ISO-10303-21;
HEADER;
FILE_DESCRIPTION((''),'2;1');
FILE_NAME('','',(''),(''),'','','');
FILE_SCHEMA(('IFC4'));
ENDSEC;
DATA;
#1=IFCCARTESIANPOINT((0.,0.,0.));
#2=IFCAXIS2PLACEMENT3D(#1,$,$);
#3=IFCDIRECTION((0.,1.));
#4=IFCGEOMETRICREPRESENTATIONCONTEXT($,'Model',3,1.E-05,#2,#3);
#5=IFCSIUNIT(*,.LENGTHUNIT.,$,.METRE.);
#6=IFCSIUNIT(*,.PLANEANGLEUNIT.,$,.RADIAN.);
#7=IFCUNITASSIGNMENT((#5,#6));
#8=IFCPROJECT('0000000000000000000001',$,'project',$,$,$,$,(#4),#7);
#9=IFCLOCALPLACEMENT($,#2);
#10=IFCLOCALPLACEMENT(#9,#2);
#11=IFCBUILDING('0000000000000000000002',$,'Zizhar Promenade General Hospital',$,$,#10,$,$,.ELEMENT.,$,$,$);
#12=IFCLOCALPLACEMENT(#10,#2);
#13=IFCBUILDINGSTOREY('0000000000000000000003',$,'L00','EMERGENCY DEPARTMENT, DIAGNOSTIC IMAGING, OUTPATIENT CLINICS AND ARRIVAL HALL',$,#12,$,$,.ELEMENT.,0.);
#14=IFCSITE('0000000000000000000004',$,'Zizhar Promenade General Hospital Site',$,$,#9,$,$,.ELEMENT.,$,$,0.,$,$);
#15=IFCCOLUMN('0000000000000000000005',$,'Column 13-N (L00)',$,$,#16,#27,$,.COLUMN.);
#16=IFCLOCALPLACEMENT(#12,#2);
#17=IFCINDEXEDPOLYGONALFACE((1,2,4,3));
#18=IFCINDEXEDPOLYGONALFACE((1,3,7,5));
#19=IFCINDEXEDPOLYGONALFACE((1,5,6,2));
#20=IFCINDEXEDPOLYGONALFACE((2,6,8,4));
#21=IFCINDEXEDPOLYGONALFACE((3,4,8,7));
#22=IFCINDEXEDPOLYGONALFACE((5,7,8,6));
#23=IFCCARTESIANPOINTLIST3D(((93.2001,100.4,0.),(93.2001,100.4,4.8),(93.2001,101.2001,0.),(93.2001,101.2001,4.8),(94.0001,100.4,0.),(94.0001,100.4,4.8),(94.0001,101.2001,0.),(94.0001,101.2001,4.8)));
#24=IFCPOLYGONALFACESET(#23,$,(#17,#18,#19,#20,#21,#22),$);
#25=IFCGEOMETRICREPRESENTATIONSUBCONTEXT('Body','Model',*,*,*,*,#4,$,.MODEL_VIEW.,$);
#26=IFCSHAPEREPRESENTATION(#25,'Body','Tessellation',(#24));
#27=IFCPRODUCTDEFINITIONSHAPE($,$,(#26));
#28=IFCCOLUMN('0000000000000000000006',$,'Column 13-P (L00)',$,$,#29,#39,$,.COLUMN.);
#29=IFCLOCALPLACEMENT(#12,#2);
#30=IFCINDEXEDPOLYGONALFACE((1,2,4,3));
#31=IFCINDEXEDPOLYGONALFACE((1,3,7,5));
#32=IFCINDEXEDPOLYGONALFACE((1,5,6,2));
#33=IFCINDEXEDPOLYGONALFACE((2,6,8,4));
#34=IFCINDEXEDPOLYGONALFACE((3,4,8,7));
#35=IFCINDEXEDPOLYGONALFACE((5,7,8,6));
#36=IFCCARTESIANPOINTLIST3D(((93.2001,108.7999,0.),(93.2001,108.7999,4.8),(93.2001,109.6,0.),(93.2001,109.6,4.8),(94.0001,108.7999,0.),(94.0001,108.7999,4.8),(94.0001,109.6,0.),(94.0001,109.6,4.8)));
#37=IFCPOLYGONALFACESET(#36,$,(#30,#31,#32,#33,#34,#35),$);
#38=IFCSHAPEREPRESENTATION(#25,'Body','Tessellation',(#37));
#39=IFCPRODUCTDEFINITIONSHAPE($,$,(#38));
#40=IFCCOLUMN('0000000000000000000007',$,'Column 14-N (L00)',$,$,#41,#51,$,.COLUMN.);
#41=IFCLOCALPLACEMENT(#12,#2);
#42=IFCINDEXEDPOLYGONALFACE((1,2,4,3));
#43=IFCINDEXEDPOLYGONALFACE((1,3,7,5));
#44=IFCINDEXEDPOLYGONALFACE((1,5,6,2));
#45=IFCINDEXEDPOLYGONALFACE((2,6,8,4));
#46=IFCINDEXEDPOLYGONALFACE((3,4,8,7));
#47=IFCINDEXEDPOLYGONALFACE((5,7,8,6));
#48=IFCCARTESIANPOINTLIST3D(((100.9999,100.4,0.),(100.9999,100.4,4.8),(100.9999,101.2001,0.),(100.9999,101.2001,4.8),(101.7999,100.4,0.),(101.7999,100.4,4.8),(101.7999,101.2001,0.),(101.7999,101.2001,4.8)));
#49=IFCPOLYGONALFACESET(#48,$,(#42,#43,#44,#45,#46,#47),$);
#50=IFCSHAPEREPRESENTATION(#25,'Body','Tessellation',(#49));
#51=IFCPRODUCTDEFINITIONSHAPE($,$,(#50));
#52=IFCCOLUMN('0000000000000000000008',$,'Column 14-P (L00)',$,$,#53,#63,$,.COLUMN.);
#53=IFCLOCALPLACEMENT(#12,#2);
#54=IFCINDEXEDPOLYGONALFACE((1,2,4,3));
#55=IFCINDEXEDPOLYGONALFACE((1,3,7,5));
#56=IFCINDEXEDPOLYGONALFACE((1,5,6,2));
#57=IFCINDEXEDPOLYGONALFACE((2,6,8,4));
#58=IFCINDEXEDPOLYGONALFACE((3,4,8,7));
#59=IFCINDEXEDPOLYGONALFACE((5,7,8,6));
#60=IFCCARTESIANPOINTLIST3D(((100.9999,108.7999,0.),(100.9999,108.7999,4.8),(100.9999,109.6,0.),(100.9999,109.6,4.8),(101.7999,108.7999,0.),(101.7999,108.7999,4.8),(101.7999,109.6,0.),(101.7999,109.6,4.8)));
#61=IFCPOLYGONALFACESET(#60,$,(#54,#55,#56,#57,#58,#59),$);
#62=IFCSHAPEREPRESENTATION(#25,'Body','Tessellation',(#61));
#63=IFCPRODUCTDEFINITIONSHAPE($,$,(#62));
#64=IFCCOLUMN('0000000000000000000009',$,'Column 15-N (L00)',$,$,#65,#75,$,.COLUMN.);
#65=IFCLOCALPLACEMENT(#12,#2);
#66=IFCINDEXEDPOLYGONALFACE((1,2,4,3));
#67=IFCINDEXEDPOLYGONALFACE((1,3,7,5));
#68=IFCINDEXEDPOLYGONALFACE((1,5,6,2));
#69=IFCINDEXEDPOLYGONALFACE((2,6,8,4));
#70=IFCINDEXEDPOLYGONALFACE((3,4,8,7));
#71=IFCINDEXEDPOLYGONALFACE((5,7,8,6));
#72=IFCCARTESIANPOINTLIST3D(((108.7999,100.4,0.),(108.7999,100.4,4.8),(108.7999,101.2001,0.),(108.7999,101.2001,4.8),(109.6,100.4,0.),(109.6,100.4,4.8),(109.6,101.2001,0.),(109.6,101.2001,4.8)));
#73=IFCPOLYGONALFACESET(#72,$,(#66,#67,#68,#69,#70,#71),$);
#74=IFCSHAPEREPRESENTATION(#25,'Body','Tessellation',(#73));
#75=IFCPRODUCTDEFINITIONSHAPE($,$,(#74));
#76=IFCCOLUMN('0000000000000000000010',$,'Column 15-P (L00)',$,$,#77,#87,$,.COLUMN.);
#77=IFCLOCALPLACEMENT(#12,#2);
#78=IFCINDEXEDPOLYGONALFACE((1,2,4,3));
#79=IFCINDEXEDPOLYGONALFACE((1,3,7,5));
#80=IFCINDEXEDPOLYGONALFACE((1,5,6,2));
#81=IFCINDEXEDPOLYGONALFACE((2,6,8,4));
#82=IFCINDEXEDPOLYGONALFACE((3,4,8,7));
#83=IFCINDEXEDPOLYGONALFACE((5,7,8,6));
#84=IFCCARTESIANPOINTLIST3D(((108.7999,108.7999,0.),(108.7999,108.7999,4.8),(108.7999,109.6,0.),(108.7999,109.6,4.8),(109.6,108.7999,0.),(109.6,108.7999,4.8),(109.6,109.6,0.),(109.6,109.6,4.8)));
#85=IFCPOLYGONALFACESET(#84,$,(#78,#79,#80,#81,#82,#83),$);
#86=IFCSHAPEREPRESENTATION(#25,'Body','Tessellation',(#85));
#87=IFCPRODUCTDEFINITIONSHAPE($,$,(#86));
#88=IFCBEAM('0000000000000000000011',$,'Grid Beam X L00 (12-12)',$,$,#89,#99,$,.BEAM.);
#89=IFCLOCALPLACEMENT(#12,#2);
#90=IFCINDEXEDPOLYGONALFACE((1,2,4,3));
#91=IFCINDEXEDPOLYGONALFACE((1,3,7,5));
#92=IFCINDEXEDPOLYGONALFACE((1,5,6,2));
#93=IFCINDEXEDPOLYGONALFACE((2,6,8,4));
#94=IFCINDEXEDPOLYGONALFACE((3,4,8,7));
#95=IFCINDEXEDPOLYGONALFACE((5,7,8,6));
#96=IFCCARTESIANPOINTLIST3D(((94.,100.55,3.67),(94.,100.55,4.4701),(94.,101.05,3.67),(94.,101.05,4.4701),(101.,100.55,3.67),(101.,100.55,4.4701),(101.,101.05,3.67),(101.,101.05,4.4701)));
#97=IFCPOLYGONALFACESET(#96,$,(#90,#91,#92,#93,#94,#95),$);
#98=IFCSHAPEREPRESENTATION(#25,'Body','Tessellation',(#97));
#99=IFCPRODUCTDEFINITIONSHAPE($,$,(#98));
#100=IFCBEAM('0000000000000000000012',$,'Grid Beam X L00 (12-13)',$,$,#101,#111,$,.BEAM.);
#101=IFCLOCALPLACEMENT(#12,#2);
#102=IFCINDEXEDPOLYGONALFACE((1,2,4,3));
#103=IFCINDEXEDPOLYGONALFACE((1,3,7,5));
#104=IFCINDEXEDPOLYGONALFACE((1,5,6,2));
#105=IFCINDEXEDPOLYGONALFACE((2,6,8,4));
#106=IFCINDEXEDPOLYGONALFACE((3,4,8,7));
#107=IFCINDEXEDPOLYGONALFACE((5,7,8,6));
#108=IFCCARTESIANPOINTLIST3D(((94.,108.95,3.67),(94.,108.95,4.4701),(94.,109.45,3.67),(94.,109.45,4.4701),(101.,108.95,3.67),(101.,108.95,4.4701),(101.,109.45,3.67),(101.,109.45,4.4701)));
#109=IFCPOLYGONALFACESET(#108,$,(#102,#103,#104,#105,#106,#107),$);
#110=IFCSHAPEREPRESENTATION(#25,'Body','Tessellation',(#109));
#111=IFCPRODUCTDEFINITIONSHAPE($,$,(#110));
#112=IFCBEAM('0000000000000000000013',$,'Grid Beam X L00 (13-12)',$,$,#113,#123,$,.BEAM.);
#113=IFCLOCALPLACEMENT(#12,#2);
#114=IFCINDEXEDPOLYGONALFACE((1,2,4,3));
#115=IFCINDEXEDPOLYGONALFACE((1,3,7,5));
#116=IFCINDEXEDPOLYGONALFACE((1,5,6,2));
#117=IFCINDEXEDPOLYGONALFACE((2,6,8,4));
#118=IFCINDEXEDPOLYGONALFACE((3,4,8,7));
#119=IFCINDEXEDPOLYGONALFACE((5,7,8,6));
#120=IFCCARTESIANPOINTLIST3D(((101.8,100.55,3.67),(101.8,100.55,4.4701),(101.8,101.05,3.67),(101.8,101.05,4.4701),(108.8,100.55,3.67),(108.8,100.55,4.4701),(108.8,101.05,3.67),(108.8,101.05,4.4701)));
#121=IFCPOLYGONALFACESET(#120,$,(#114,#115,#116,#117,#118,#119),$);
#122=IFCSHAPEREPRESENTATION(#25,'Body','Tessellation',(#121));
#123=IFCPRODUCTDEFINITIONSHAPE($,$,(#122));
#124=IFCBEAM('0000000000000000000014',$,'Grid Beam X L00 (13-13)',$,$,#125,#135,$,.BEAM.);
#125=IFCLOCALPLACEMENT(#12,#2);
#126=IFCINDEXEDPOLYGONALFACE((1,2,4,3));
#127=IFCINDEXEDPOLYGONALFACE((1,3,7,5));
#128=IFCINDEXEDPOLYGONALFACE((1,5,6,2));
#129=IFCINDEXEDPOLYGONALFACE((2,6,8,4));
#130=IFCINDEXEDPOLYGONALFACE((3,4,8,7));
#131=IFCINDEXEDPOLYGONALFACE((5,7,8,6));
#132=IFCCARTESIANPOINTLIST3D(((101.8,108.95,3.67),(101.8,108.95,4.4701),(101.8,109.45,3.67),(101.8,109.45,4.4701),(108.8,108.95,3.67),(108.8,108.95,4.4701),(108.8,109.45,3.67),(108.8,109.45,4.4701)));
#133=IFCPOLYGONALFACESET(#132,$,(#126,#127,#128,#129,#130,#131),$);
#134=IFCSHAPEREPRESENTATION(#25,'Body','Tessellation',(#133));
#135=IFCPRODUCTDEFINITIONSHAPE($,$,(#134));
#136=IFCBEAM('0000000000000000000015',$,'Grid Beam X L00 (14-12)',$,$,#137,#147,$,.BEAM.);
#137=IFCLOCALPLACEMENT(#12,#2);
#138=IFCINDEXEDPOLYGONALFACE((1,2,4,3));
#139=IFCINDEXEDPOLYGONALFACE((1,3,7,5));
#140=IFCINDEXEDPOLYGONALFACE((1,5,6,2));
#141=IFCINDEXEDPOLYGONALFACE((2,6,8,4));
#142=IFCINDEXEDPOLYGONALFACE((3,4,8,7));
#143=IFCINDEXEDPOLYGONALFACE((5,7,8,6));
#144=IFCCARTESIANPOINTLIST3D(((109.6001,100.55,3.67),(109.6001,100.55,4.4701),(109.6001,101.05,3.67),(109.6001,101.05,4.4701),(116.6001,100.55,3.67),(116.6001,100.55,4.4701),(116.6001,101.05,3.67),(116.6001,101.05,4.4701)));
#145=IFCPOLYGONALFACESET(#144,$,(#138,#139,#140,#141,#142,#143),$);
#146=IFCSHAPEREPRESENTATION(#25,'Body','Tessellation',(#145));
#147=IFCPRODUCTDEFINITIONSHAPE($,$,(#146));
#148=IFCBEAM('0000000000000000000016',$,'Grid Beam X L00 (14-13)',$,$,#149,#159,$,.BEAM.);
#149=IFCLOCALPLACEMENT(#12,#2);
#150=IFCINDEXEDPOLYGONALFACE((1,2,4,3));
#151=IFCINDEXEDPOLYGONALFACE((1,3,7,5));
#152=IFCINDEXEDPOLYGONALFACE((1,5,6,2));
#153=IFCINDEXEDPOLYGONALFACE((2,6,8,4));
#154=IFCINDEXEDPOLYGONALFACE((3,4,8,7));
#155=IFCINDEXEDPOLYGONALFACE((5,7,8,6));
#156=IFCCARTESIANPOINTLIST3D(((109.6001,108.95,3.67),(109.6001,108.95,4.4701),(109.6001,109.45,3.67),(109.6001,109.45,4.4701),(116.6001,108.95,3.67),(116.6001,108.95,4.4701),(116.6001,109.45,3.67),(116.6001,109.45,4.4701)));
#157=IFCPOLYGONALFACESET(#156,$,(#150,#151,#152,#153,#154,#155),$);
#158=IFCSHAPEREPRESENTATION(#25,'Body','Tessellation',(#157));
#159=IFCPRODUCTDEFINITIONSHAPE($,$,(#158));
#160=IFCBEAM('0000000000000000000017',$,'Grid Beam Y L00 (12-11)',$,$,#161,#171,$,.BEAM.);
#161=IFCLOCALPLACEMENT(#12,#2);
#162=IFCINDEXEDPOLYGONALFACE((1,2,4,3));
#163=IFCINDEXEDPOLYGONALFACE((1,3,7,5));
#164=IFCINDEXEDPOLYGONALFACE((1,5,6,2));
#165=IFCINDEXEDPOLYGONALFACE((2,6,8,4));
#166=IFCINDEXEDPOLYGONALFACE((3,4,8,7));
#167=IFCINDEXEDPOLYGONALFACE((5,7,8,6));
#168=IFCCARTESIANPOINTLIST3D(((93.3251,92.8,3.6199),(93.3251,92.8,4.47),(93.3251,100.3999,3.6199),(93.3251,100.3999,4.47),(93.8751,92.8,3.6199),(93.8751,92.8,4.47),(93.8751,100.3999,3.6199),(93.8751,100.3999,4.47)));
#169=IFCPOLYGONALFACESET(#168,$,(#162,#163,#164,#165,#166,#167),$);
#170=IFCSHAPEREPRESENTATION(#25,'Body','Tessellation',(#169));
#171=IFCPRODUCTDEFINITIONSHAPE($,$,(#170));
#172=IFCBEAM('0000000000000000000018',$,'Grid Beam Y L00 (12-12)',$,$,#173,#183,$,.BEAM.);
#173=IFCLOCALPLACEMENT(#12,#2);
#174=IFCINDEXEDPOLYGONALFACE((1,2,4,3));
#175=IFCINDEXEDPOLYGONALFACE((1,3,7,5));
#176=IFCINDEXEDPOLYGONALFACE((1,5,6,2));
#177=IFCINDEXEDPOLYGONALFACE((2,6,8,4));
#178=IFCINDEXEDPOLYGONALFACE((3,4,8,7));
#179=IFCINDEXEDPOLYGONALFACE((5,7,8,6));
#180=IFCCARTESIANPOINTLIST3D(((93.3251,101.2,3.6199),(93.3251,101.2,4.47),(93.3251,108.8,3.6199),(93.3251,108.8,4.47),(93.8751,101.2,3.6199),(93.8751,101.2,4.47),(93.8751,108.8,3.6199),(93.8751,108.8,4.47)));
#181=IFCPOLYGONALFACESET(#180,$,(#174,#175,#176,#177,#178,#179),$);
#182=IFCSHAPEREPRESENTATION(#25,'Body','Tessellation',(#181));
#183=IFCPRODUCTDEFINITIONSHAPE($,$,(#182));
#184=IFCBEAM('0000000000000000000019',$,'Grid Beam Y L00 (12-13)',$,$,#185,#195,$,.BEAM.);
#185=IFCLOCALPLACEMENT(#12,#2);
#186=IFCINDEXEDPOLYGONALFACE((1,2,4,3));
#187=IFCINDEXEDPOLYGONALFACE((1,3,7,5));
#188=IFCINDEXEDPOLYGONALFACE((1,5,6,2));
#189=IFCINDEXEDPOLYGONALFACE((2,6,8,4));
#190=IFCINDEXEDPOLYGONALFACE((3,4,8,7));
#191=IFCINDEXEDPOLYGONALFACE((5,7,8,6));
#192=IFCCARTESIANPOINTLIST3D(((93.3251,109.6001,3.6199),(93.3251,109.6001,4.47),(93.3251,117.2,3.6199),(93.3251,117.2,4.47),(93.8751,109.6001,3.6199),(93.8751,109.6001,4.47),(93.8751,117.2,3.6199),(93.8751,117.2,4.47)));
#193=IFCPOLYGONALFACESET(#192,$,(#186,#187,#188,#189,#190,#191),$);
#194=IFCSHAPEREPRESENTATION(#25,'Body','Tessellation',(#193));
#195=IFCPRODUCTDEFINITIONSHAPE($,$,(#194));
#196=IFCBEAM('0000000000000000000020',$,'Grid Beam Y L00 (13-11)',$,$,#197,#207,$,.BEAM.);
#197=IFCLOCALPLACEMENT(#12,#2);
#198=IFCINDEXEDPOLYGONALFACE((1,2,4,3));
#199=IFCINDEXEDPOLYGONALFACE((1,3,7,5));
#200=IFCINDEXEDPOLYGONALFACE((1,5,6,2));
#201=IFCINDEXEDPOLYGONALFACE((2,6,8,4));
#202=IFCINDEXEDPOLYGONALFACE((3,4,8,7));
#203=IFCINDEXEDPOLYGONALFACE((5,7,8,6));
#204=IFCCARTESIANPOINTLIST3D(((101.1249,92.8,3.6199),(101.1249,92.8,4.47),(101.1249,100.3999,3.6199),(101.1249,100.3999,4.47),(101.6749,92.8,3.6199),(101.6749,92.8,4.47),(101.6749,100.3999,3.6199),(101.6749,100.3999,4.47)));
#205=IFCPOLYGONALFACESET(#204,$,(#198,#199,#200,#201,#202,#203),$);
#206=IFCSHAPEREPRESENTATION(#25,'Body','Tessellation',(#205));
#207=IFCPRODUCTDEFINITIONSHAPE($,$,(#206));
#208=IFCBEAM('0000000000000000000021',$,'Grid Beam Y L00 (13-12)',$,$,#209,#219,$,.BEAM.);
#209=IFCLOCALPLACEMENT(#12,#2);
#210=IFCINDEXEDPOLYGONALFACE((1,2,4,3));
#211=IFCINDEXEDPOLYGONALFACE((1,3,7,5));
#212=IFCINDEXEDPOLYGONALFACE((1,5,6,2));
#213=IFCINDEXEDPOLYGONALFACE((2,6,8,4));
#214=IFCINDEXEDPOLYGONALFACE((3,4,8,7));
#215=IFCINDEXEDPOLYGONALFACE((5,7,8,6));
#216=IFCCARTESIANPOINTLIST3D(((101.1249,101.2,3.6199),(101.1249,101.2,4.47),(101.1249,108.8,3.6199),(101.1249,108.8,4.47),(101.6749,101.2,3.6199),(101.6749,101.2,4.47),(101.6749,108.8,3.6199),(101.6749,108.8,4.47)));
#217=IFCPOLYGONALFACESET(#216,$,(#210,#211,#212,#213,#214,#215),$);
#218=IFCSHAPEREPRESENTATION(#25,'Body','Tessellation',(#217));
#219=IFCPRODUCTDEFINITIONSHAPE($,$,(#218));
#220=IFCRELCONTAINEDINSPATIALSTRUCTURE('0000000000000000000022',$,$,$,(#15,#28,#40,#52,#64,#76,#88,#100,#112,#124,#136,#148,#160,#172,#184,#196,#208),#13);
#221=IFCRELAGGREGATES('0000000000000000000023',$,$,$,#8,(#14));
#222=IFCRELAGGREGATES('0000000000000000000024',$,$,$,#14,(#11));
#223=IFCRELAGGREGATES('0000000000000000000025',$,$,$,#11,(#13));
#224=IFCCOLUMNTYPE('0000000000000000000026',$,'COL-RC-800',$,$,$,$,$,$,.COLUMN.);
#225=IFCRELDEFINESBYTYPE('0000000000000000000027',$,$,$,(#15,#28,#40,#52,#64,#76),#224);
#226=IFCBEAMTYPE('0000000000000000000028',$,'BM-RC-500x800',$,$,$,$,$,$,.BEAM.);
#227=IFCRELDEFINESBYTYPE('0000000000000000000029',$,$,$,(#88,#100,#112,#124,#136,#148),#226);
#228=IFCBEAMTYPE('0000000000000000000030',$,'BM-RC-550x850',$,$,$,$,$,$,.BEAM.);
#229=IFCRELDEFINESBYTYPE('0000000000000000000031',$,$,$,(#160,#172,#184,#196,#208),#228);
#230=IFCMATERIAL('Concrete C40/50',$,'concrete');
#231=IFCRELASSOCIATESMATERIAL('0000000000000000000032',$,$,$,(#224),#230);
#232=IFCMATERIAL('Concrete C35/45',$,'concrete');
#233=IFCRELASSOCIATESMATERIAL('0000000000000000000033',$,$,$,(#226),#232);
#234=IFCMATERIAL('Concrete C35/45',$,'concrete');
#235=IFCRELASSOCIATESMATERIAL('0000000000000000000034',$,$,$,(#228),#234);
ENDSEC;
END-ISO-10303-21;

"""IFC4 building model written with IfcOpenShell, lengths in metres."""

from ifc_helpers import new_model, si_unit, direction, frame, origin, origin_2d, place, context, subcontext, project, spatial, rectangle, extrude, material, material_profile, profile_set, type_object, element, save


model = new_model("IFC4")

# Units and contexts
model_context = context("Model", 3, precision=1e-05, world=origin(), true_north=direction((0.0, 1.0)))
body_context = subcontext(model_context, "Body", "Model", "MODEL_VIEW")
ifc_project = project(units=[si_unit("LENGTHUNIT", "METRE"), si_unit("PLANEANGLEUNIT", "RADIAN")], contexts=[model_context])

# Site, building, storey
site_placement = place(None, origin())
site = spatial("IfcSite", under=ifc_project, at=site_placement, Name="Zizhar Promenade General Hospital Site", CompositionType="ELEMENT", RefElevation=0.0)
building_placement = place(site_placement, origin())
building = spatial("IfcBuilding", under=site, at=building_placement, Name="Zizhar Promenade General Hospital", CompositionType="ELEMENT")
storey_placement = place(building_placement, origin())
storey = spatial("IfcBuildingStorey", under=building, at=storey_placement, Name="L00", Description="EMERGENCY DEPARTMENT, DIAGNOSTIC IMAGING, OUTPATIENT CLINICS AND ARRIVAL HALL", CompositionType="ELEMENT", Elevation=0.0)

# Columns
ifc_material_1 = material(Name="Concrete C40/50", Category="concrete")
ifc_material_profile_1 = material_profile(ifc_material_1, rectangle(XDim=0.8, YDim=0.8, at=origin_2d()))
ifc_profile_set_1 = profile_set([ifc_material_profile_1], Name="Concrete C40/50")
column_type = type_object("IfcColumnType", Name="COL-RC-800", PredefinedType="COLUMN", material=ifc_profile_set_1)
for number, where, z_axis, x_axis, name in (
    (1, (93.6001, 100.8, 0.0), (0.0, 0.0, 1.0), (1.0, 0.0, 0.0), "Column 13-N (L00)"),
    (2, (93.6001, 109.2, 0.0), (0.0, 0.0, 1.0), (1.0, 0.0, 0.0), "Column 13-P (L00)"),
    (3, (101.3999, 100.8, 0.0), (0.0, 0.0, 1.0), (1.0, 0.0, 0.0), "Column 14-N (L00)"),
    (4, (101.3999, 109.2, 0.0), (0.0, 0.0, 1.0), (1.0, 0.0, 0.0), "Column 14-P (L00)"),
    (5, (109.2, 100.8, 0.0), (0.0, 0.0, 1.0), (1.0, 0.0, 0.0), "Column 15-N (L00)"),
    (6, (109.2, 109.2, 0.0), (0.0, 0.0, 1.0), (1.0, 0.0, 0.0), "Column 15-P (L00)"),
):
    element("IfcColumn", number, at=place(storey_placement, frame(where, z_axis=z_axis, x_axis=x_axis)), inside=storey, type_object=column_type, Name=name, PredefinedType="COLUMN", context=body_context, shape_type="SweptSolid", body=[
        extrude(rectangle(XDim=0.8, YDim=0.8, at=origin_2d()), origin(), (0.0, 0.0, 1.0), 4.8),
    ])

# Beams
ifc_material_2 = material(Name="Concrete C35/45", Category="concrete")
ifc_material_profile_2 = material_profile(ifc_material_2, rectangle(XDim=0.5, YDim=0.8, at=origin_2d()))
ifc_profile_set_2 = profile_set([ifc_material_profile_2], Name="Concrete C35/45")
beam_type_1 = type_object("IfcBeamType", Name="BM-RC-500x800", PredefinedType="BEAM", material=ifc_profile_set_2)
for number, where, z_axis, x_axis, name in (
    (7, (94.0, 100.8, 4.0701), (1.0, 0.0, 0.0), (0.0, 1.0, 0.0), "Grid Beam X L00 (12-12)"),
    (8, (94.0, 109.2, 4.0701), (1.0, 0.0, 0.0), (0.0, 1.0, 0.0), "Grid Beam X L00 (12-13)"),
    (9, (101.8, 100.8, 4.0701), (1.0, 0.0, 0.0), (0.0, 1.0, 0.0), "Grid Beam X L00 (13-12)"),
    (10, (101.8, 109.2, 4.0701), (1.0, 0.0, 0.0), (0.0, 1.0, 0.0), "Grid Beam X L00 (13-13)"),
    (11, (109.6001, 100.8, 4.0701), (1.0, 0.0, 0.0), (0.0, 1.0, 0.0), "Grid Beam X L00 (14-12)"),
    (12, (109.6001, 109.2, 4.0701), (1.0, 0.0, 0.0), (0.0, 1.0, 0.0), "Grid Beam X L00 (14-13)"),
):
    element("IfcBeam", number, at=place(storey_placement, frame(where, z_axis=z_axis, x_axis=x_axis)), inside=storey, type_object=beam_type_1, Name=name, PredefinedType="BEAM", context=body_context, shape_type="SweptSolid", body=[
        extrude(rectangle(XDim=0.5, YDim=0.8, at=origin_2d()), origin(), (0.0, 0.0, 1.0), 7.0),
    ])
ifc_material_3 = material(Name="Concrete C35/45", Category="concrete")
ifc_material_profile_3 = material_profile(ifc_material_3, rectangle(XDim=0.55, YDim=0.8501, at=origin_2d()))
ifc_profile_set_3 = profile_set([ifc_material_profile_3], Name="Concrete C35/45")
beam_type_2 = type_object("IfcBeamType", Name="BM-RC-550x850", PredefinedType="BEAM", material=ifc_profile_set_3)
beam_1_placement = place(storey_placement, frame((93.6001, 92.8, 4.0449), z_axis=(0.0, 1.0, 0.0), x_axis=(-1.0, 0.0, 0.0)))
element("IfcBeam", 13, at=beam_1_placement, inside=storey, type_object=beam_type_2, Name="Grid Beam Y L00 (12-11)", PredefinedType="BEAM", context=body_context, shape_type="SweptSolid", body=[
    extrude(rectangle(XDim=0.55, YDim=0.8501, at=origin_2d()), origin(), (0.0, 0.0, 1.0), 7.5999),
])
beam_2_placement = place(storey_placement, frame((93.6001, 101.2, 4.0449), z_axis=(0.0, 1.0, 0.0), x_axis=(-1.0, 0.0, 0.0)))
element("IfcBeam", 14, at=beam_2_placement, inside=storey, type_object=beam_type_2, Name="Grid Beam Y L00 (12-12)", PredefinedType="BEAM", context=body_context, shape_type="SweptSolid", body=[
    extrude(rectangle(XDim=0.55, YDim=0.8501, at=origin_2d()), origin(), (0.0, 0.0, 1.0), 7.6001),
])
for number, where, z_axis, x_axis, name in (
    (15, (93.6001, 109.6001, 4.0449), (0.0, 1.0, 0.0), (-1.0, 0.0, 0.0), "Grid Beam Y L00 (12-13)"),
    (16, (101.3999, 92.8, 4.0449), (0.0, 1.0, 0.0), (-1.0, 0.0, 0.0), "Grid Beam Y L00 (13-11)"),
):
    element("IfcBeam", number, at=place(storey_placement, frame(where, z_axis=z_axis, x_axis=x_axis)), inside=storey, type_object=beam_type_2, Name=name, PredefinedType="BEAM", context=body_context, shape_type="SweptSolid", body=[
        extrude(rectangle(XDim=0.55, YDim=0.8501, at=origin_2d()), origin(), (0.0, 0.0, 1.0), 7.5999),
    ])
beam_3_placement = place(storey_placement, frame((101.3999, 101.2, 4.0449), z_axis=(0.0, 1.0, 0.0), x_axis=(-1.0, 0.0, 0.0)))
element("IfcBeam", 17, at=beam_3_placement, inside=storey, type_object=beam_type_2, Name="Grid Beam Y L00 (13-12)", PredefinedType="BEAM", context=body_context, shape_type="SweptSolid", body=[
    extrude(rectangle(XDim=0.55, YDim=0.8501, at=origin_2d()), origin(), (0.0, 0.0, 1.0), 7.6001),
])

save(model, "model.ifc")
